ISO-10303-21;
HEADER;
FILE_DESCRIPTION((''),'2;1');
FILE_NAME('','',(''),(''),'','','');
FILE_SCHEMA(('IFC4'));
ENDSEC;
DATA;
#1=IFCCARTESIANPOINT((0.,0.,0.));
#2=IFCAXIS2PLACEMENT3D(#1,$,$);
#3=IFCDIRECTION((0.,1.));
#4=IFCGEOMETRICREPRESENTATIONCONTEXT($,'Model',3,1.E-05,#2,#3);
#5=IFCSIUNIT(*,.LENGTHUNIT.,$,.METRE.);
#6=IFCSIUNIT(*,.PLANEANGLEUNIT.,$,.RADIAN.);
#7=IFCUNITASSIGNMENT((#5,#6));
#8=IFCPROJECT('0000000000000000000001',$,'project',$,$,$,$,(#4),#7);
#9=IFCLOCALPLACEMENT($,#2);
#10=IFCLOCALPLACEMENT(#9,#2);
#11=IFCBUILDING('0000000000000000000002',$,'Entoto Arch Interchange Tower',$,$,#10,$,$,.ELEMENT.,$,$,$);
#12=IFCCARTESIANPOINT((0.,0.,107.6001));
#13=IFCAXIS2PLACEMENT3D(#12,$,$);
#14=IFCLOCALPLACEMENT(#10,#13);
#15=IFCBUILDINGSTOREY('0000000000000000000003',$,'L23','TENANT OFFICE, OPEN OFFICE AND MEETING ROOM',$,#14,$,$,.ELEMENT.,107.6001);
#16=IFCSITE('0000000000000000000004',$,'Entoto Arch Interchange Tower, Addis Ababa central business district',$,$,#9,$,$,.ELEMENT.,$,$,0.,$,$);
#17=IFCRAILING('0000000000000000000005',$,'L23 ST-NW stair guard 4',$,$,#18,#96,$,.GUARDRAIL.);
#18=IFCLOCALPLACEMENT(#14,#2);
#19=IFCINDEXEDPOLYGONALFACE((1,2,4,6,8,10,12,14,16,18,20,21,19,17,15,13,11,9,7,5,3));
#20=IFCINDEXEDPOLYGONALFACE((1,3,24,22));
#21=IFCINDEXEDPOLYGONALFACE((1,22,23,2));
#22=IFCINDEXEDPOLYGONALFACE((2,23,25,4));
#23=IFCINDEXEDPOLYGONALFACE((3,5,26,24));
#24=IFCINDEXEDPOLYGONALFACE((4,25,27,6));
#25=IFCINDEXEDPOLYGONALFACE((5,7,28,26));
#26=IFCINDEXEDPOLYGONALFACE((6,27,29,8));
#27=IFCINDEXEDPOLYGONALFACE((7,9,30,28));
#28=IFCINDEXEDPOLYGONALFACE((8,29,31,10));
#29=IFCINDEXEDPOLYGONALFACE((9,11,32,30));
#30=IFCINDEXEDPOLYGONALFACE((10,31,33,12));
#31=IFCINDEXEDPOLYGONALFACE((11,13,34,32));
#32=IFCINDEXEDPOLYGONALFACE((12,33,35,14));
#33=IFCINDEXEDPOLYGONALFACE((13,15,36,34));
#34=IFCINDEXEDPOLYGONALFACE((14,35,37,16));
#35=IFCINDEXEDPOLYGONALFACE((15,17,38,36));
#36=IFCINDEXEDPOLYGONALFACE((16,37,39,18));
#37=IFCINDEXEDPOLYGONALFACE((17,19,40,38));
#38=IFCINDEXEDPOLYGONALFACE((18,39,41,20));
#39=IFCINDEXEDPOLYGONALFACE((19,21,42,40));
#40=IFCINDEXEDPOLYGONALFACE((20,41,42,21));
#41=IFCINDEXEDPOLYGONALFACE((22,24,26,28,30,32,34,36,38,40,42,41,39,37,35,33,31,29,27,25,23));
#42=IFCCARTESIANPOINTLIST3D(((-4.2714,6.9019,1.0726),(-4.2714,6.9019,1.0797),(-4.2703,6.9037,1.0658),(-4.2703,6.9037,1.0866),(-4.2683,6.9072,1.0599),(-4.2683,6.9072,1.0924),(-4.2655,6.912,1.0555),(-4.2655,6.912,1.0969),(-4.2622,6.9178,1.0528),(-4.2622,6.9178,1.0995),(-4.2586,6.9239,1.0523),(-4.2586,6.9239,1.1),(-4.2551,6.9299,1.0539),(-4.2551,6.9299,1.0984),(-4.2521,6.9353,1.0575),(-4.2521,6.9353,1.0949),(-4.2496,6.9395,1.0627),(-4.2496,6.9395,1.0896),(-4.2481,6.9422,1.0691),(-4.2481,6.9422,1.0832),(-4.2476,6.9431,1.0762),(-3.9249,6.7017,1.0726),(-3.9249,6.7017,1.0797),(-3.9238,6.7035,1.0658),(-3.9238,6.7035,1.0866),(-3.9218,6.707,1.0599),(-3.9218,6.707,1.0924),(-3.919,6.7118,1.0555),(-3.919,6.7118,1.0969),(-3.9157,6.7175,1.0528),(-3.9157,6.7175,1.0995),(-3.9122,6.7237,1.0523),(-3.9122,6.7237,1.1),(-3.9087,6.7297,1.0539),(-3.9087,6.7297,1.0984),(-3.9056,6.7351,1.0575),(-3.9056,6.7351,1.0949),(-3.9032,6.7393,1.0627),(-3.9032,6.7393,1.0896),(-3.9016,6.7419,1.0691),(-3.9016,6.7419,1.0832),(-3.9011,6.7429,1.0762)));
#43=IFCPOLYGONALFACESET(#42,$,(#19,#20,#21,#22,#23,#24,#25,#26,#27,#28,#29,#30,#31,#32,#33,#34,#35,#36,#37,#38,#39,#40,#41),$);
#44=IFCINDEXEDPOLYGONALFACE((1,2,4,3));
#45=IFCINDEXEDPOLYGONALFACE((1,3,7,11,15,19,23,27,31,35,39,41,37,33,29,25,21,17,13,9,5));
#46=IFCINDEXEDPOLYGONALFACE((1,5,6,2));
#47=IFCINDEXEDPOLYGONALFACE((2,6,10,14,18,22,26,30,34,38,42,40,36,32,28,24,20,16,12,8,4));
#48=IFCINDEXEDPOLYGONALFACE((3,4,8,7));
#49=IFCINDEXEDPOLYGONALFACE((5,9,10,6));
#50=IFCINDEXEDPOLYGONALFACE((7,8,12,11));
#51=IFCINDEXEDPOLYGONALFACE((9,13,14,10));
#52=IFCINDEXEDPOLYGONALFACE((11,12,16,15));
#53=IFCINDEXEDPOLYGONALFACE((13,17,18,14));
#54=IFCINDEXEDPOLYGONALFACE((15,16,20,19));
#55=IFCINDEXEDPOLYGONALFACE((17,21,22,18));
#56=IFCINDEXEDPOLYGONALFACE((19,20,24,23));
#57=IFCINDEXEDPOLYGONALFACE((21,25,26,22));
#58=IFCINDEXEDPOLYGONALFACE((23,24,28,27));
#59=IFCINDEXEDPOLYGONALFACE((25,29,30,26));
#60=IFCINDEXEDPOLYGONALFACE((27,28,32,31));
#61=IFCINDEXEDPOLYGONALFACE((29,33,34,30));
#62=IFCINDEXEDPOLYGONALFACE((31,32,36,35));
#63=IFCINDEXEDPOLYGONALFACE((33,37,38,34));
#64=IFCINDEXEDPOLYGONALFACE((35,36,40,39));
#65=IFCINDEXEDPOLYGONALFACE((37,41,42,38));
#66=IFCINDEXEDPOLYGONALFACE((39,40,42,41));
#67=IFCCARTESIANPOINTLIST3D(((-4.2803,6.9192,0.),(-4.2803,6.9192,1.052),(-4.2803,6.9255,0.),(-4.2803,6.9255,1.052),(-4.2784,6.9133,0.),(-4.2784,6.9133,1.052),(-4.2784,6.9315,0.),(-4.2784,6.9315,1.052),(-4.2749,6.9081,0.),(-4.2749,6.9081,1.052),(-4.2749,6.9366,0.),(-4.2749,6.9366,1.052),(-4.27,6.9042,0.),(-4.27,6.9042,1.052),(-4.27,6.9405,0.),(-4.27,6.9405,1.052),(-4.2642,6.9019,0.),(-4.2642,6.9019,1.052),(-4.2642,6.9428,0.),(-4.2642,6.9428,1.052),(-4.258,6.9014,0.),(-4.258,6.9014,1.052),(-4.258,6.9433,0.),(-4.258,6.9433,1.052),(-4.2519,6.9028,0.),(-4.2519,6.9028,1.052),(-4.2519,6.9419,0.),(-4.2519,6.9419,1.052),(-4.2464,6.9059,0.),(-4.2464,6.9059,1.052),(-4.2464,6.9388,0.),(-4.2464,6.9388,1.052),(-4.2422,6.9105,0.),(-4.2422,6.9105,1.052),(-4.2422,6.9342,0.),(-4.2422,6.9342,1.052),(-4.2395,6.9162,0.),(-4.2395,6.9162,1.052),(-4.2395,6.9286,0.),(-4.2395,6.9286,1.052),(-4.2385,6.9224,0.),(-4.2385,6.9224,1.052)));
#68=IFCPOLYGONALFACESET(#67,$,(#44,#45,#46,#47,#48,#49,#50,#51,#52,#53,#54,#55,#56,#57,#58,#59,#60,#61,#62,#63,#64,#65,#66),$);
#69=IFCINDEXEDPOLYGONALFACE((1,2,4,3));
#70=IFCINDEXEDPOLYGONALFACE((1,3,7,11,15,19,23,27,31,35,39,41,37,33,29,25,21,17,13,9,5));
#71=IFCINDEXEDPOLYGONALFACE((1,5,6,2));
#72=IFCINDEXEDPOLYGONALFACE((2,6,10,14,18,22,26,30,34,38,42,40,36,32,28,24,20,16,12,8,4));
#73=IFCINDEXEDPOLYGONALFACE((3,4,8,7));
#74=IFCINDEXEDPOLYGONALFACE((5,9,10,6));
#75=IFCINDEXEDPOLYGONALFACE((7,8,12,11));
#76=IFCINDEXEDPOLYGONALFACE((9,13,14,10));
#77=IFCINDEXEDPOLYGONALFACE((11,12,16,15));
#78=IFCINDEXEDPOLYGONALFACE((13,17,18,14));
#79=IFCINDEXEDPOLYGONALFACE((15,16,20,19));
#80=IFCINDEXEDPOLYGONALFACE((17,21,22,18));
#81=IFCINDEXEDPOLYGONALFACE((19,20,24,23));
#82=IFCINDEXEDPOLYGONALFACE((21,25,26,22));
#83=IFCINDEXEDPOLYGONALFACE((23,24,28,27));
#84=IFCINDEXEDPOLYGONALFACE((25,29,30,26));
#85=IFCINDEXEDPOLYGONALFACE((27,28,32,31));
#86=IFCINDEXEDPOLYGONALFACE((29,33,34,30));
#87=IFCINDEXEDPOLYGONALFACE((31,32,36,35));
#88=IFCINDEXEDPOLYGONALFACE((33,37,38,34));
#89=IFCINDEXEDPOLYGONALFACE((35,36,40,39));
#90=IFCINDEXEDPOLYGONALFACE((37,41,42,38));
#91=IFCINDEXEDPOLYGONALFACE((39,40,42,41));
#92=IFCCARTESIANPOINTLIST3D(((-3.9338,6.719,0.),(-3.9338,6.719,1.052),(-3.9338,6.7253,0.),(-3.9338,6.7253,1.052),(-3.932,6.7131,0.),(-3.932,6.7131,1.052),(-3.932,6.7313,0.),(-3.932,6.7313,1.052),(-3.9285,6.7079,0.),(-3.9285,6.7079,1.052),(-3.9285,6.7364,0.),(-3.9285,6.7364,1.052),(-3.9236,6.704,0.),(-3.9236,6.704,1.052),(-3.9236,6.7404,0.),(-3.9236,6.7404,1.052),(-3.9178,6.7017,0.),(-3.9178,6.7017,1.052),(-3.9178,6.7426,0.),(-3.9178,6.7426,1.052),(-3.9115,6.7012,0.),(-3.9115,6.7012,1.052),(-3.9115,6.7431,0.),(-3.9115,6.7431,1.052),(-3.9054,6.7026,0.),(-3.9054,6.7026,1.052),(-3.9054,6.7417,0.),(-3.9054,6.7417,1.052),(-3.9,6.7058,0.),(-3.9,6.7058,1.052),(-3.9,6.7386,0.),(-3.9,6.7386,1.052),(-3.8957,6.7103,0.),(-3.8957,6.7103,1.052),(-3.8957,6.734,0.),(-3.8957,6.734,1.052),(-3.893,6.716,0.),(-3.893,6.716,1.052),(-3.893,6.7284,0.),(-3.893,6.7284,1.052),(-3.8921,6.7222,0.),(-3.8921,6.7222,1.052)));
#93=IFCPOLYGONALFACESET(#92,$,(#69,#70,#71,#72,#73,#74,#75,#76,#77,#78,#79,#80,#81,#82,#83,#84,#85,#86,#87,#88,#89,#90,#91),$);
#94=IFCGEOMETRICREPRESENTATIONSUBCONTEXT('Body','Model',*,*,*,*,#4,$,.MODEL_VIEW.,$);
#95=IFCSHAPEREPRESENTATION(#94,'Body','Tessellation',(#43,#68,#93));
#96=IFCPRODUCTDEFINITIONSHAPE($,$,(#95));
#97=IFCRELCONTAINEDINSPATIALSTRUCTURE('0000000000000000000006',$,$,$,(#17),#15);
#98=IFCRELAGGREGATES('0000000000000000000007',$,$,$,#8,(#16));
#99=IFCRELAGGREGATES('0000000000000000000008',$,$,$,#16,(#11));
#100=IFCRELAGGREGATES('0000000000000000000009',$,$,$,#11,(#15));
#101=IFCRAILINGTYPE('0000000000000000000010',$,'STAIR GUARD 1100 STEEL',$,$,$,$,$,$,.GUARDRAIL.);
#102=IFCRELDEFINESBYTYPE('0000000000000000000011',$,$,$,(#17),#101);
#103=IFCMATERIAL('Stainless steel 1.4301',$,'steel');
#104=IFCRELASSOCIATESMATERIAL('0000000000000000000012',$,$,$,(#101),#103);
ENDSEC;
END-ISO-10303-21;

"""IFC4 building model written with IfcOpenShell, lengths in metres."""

from ifc_helpers import new_model, si_unit, direction, frame, origin, origin_2d, place, context, subcontext, project, spatial, circle, extrude, material, type_object, element, save


model = new_model("IFC4")

# Units and contexts
model_context = context("Model", 3, precision=1e-05, world=origin(), true_north=direction((0.0, 1.0)))
body_context = subcontext(model_context, "Body", "Model", "MODEL_VIEW")
ifc_project = project(units=[si_unit("LENGTHUNIT", "METRE"), si_unit("PLANEANGLEUNIT", "RADIAN")], contexts=[model_context])

# Site, building, storey
site_placement = place(None, origin())
site = spatial("IfcSite", under=ifc_project, at=site_placement, Name="Entoto Arch Interchange Tower, Addis Ababa central business district", CompositionType="ELEMENT", RefElevation=0.0)
building_placement = place(site_placement, origin())
building = spatial("IfcBuilding", under=site, at=building_placement, Name="Entoto Arch Interchange Tower", CompositionType="ELEMENT")
storey_placement = place(building_placement, frame((0.0, 0.0, 107.6001)))
storey = spatial("IfcBuildingStorey", under=building, at=storey_placement, Name="L23", Description="TENANT OFFICE, OPEN OFFICE AND MEETING ROOM", CompositionType="ELEMENT", Elevation=107.6001)

# Railing
ifc_material_1 = material(Name="Stainless steel 1.4301", Category="steel")
railing_type_1 = type_object("IfcRailingType", Name="STAIR GUARD 1100 STEEL", PredefinedType="GUARDRAIL", material=ifc_material_1)
railing_1_placement = place(storey_placement, frame((-4.2595, 6.9224, 0.0)))
element("IfcRailing", 1, at=railing_1_placement, inside=storey, type_object=railing_type_1, Name="L23 ST-NW stair guard 4", PredefinedType="GUARDRAIL", context=body_context, shape_type="SweptSolid", body=[
    extrude(circle(Radius=0.0239, at=origin_2d()), frame((0.0, 0.0, 1.0762), z_axis=(0.86583, -0.500339, 0.0), x_axis=(0.500339, 0.86583, 0.0)), (0.0, 0.0, 1.0), 0.4001),
    extrude(circle(Radius=0.021, at=origin_2d()), origin(), (0.0, 0.0, 1.0), 1.052),
    extrude(circle(Radius=0.021, at=origin_2d()), frame((0.3464, -0.2002, 0.0)), (0.0, 0.0, 1.0), 1.052),
])

save(model, "model.ifc")
